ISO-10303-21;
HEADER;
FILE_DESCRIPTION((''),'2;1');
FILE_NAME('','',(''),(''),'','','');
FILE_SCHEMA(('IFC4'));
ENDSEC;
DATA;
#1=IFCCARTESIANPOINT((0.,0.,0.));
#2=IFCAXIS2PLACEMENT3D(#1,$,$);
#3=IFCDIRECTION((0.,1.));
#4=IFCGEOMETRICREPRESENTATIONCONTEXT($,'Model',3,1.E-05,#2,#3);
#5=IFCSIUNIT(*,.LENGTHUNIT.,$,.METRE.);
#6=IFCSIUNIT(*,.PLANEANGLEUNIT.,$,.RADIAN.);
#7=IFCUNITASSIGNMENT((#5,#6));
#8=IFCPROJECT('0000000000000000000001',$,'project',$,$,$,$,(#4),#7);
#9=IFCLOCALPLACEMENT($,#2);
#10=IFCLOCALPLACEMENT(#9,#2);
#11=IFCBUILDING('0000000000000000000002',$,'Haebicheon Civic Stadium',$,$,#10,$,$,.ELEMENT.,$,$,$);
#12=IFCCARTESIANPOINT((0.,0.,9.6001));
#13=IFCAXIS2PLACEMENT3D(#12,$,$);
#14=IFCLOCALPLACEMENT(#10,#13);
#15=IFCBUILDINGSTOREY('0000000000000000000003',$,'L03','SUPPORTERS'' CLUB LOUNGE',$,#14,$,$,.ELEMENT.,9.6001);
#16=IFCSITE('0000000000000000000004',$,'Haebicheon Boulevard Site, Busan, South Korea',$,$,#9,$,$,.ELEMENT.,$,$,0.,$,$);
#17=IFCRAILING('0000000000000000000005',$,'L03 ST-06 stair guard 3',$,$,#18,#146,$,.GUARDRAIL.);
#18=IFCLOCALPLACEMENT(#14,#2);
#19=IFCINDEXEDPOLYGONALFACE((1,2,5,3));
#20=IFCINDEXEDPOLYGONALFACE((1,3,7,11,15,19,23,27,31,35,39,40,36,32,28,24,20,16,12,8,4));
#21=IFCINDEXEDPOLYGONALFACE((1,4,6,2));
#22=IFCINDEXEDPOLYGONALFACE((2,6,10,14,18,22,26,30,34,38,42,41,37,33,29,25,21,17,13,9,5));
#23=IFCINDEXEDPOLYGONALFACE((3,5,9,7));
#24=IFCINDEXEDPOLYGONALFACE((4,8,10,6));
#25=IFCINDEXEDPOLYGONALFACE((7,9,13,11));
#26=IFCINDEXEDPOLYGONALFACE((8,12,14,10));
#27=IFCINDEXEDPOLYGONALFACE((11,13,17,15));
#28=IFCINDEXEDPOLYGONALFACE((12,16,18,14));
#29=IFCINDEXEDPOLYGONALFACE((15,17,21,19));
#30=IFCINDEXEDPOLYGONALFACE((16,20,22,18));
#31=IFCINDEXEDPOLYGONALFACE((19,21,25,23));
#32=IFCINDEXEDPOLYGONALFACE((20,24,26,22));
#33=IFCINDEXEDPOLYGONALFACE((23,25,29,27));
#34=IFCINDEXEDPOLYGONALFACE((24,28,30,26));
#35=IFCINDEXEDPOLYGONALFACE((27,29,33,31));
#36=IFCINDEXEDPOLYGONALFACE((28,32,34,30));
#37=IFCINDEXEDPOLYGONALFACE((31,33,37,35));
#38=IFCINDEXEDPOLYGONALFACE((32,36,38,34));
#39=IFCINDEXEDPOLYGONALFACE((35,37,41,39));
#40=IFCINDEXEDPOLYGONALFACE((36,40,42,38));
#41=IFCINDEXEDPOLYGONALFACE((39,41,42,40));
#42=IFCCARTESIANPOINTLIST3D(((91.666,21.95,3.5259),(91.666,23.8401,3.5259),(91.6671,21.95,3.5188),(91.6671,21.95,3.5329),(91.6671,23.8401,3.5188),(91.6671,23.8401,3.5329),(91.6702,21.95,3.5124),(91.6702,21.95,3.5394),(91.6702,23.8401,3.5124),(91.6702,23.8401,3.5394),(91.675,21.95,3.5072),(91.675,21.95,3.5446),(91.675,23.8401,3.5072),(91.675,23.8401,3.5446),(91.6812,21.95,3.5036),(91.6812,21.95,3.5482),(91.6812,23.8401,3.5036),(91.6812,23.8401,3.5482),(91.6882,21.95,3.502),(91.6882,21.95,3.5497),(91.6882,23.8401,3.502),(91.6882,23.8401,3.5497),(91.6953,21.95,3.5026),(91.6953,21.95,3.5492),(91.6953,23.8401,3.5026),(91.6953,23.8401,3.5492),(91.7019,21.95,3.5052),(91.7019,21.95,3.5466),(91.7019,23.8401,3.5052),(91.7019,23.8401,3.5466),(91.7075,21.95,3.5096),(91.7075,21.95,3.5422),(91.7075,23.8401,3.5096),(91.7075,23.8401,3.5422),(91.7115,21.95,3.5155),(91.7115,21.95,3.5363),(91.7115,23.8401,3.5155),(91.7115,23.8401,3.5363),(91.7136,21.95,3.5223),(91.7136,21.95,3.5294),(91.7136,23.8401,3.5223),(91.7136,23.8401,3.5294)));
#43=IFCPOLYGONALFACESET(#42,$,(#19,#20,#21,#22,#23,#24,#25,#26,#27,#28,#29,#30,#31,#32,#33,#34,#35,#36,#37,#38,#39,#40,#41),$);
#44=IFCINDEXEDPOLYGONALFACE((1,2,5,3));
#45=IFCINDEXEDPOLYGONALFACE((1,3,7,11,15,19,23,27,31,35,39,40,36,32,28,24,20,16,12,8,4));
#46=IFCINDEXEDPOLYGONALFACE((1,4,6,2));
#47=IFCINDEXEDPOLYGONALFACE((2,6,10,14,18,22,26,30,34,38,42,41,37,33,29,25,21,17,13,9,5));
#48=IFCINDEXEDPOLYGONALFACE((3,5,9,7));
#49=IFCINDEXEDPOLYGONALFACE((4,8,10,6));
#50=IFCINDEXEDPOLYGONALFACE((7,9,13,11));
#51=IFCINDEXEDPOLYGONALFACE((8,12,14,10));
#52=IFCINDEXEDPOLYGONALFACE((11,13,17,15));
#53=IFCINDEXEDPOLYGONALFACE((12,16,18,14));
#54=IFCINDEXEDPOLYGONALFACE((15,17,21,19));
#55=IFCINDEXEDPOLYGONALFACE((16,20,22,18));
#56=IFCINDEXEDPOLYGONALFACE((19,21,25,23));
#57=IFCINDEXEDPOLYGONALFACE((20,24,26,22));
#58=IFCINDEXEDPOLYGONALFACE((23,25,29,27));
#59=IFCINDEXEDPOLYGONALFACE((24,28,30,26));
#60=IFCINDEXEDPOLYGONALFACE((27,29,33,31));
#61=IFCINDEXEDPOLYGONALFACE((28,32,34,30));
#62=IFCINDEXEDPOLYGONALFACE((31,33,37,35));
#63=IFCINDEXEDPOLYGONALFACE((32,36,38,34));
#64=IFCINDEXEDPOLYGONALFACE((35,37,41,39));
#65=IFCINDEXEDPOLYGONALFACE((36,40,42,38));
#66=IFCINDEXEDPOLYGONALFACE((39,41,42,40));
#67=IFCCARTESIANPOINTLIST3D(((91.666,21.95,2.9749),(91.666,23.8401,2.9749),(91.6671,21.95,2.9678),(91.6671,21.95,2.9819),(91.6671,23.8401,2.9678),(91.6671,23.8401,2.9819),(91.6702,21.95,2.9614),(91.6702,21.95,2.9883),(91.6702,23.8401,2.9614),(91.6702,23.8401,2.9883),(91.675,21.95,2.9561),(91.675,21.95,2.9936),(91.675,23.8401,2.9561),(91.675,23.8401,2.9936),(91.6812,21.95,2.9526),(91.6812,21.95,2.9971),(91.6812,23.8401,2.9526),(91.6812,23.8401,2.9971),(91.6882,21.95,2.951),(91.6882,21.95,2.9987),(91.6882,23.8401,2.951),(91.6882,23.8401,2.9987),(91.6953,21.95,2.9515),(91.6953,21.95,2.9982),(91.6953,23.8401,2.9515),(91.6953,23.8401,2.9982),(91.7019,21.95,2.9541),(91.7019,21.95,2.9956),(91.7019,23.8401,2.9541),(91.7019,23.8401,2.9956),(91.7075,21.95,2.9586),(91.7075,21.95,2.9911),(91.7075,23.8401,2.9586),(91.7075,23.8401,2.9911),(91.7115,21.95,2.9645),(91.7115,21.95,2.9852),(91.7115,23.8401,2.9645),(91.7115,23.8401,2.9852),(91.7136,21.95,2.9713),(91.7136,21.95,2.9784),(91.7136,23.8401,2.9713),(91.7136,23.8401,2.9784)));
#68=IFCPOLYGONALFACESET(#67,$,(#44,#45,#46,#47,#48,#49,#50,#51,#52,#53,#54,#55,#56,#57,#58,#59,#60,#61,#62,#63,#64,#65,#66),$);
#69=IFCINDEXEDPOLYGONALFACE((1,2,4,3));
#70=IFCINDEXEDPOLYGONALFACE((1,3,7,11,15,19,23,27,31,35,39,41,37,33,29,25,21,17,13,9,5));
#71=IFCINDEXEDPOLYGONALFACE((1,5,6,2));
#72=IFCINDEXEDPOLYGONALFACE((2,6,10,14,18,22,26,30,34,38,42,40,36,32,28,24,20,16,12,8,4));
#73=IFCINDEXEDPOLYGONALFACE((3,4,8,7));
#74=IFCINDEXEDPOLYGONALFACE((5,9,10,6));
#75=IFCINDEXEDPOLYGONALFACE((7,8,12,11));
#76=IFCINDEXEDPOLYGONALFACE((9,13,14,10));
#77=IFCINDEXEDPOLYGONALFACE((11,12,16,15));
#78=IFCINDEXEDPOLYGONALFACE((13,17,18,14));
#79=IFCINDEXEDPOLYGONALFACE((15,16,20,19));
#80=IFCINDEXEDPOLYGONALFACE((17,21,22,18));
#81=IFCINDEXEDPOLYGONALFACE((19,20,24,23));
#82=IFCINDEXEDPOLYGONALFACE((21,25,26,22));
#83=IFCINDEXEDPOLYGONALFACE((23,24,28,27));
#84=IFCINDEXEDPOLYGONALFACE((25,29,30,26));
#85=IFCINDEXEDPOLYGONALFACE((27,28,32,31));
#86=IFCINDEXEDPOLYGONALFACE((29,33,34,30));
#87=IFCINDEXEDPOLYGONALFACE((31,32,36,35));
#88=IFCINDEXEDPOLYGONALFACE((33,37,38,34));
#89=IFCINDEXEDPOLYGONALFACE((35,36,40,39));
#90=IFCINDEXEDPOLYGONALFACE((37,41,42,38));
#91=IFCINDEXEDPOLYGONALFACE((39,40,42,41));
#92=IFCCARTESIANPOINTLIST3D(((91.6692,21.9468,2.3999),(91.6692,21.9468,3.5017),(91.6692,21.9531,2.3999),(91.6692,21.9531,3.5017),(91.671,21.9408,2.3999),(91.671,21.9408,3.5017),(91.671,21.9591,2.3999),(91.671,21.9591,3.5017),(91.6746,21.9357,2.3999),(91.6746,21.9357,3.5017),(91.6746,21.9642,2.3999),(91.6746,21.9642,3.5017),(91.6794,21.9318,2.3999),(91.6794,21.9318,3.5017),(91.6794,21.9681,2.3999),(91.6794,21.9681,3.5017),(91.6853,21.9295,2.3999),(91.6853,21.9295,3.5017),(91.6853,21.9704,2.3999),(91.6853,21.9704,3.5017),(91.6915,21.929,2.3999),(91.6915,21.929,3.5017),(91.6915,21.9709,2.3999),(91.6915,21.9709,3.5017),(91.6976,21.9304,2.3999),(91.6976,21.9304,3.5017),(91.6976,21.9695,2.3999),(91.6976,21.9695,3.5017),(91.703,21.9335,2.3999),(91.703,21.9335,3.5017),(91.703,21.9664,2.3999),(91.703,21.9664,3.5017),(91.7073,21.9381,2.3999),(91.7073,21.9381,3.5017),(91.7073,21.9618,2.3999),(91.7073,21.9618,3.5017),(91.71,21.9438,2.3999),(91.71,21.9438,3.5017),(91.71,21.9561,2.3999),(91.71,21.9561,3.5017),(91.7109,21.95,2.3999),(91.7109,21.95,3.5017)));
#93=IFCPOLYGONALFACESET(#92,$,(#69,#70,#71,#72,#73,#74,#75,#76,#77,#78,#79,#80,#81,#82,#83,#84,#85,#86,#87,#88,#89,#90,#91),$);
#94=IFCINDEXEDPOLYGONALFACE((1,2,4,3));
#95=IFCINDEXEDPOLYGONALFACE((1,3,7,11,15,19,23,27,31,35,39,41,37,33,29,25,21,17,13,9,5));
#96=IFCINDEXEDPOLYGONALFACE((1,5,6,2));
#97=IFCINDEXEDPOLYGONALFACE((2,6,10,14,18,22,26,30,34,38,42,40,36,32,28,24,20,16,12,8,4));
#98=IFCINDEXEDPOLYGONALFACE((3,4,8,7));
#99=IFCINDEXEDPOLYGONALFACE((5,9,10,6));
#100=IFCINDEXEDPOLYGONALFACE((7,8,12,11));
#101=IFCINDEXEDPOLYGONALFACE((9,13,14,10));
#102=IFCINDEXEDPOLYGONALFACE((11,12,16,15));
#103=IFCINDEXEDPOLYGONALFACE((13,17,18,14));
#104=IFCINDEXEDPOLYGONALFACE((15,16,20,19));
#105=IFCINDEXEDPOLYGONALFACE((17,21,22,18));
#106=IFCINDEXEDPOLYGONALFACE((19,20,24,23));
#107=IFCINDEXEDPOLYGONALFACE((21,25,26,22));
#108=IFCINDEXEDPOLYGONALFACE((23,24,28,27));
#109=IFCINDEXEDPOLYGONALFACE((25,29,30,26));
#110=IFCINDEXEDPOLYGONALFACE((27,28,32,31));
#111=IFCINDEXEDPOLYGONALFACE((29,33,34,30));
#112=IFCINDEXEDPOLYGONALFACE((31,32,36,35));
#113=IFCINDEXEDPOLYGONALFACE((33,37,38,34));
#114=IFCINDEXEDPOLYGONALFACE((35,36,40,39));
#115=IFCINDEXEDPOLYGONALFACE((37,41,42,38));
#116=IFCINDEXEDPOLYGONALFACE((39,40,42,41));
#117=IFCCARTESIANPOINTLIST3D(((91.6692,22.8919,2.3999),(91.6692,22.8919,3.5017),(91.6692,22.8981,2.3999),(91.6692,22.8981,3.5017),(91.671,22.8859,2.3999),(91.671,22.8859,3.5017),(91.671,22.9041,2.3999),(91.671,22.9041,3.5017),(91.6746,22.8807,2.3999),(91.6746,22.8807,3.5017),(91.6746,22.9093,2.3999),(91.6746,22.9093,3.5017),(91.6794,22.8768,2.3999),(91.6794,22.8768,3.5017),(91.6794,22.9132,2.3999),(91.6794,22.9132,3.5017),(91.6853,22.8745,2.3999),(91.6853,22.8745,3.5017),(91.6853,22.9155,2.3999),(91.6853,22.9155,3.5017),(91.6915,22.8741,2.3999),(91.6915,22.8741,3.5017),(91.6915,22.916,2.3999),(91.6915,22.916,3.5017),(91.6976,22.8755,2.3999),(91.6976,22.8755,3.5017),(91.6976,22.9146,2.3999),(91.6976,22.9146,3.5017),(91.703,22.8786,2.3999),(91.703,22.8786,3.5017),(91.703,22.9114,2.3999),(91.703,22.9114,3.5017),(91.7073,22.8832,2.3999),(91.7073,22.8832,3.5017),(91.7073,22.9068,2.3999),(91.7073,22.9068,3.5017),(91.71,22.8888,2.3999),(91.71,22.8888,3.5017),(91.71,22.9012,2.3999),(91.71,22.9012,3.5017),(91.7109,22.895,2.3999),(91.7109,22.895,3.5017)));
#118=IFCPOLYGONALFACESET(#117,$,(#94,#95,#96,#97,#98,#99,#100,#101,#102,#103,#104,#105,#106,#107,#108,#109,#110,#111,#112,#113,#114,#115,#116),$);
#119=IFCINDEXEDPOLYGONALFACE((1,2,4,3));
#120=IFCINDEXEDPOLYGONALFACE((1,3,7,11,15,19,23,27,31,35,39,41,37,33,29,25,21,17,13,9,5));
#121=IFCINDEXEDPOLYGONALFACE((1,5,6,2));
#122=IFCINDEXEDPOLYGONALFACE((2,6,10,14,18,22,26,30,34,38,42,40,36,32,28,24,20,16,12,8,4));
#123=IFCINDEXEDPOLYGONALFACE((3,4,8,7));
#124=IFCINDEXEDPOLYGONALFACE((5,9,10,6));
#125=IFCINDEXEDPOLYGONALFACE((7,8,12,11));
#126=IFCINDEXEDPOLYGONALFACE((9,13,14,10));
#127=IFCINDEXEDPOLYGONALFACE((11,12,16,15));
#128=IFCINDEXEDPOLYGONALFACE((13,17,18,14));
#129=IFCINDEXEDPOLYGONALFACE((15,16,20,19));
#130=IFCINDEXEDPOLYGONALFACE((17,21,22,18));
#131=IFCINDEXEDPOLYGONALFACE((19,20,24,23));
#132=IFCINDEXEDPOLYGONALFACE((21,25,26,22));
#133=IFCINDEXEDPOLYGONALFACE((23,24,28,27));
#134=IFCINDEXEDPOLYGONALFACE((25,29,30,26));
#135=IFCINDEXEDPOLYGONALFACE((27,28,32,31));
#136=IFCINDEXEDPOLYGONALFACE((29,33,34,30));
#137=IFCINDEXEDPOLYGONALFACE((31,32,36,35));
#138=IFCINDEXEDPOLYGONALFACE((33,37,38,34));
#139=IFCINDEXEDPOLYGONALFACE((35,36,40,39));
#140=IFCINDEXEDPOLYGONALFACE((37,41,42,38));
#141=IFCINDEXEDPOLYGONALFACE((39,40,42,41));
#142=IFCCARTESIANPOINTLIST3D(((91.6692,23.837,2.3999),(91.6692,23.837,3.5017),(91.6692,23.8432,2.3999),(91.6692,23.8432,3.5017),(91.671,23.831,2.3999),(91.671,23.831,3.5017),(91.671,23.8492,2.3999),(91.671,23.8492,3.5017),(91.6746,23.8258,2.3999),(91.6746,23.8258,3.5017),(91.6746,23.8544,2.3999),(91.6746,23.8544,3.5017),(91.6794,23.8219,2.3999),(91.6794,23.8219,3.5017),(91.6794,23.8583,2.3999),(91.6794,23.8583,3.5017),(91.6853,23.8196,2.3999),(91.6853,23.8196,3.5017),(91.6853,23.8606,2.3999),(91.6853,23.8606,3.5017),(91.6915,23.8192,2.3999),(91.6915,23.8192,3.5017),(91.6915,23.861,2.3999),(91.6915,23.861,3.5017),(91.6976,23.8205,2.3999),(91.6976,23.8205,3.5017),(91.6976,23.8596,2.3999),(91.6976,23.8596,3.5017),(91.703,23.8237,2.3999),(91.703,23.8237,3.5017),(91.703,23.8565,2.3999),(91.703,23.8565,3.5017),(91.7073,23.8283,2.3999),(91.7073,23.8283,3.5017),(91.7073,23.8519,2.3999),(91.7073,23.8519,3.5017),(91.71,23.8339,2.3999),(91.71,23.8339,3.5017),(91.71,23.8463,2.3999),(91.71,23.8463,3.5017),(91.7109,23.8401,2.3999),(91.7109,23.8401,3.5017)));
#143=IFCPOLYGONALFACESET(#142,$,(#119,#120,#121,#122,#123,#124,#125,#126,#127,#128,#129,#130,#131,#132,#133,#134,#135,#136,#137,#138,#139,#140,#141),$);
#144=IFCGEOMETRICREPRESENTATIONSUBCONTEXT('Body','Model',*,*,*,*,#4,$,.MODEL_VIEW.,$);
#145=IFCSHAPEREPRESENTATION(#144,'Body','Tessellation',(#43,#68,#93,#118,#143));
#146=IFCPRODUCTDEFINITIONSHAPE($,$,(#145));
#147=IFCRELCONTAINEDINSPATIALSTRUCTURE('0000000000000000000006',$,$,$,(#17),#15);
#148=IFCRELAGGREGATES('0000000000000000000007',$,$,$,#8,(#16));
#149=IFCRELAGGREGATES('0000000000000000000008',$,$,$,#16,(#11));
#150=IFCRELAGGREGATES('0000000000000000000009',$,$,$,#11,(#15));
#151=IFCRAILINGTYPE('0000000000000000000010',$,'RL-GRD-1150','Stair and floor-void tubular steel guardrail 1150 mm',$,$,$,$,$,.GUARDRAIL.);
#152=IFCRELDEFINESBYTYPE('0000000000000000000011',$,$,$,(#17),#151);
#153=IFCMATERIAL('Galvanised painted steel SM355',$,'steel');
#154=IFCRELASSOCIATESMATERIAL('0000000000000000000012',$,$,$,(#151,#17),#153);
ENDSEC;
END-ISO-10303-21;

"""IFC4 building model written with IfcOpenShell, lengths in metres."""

from ifc_helpers import new_model, si_unit, direction, frame, origin, origin_2d, place, context, subcontext, project, spatial, circle, extrude, material, type_object, element, save


model = new_model("IFC4")

# Units and contexts
model_context = context("Model", 3, precision=1e-05, world=origin(), true_north=direction((0.0, 1.0)))
body_context = subcontext(model_context, "Body", "Model", "MODEL_VIEW")
ifc_project = project(units=[si_unit("LENGTHUNIT", "METRE"), si_unit("PLANEANGLEUNIT", "RADIAN")], contexts=[model_context])

# Site, building, storey
site_placement = place(None, origin())
site = spatial("IfcSite", under=ifc_project, at=site_placement, Name="Haebicheon Boulevard Site, Busan, South Korea", CompositionType="ELEMENT", RefElevation=0.0)
building_placement = place(site_placement, origin())
building = spatial("IfcBuilding", under=site, at=building_placement, Name="Haebicheon Civic Stadium", CompositionType="ELEMENT")
storey_placement = place(building_placement, frame((0.0, 0.0, 9.6001)))
storey = spatial("IfcBuildingStorey", under=building, at=storey_placement, Name="L03", Description="SUPPORTERS' CLUB LOUNGE", CompositionType="ELEMENT", Elevation=9.6001)

# Railing
ifc_material_1 = material(Name="Galvanised painted steel SM355", Category="steel")
railing_type_1 = type_object("IfcRailingType", Name="RL-GRD-1150", Description="Stair and floor-void tubular steel guardrail 1150 mm", PredefinedType="GUARDRAIL", material=ifc_material_1)
for number, where, name in (
    (1, (91.6899, 21.95, 2.3999), "L03 ST-06 stair guard 3"),
):
    element("IfcRailing", number, at=place(storey_placement, frame(where)), inside=storey, type_object=railing_type_1, material=ifc_material_1, Name=name, PredefinedType="GUARDRAIL", context=body_context, shape_type="SweptSolid", body=[
        extrude(circle(Radius=0.0239, at=origin_2d()), frame((0.0, 0.0, 1.126), z_axis=(0.0, 1.0, 0.0), x_axis=(-1.0, 0.0, 0.0)), (0.0, 0.0, 1.0), 1.8901),
        extrude(circle(Radius=0.0239, at=origin_2d()), frame((0.0, 0.0, 0.575), z_axis=(0.0, 1.0, 0.0), x_axis=(-1.0, 0.0, 0.0)), (0.0, 0.0, 1.0), 1.8901),
        extrude(circle(Radius=0.021, at=origin_2d()), origin(), (0.0, 0.0, 1.0), 1.1018),
        extrude(circle(Radius=0.021, at=origin_2d()), frame((0.0, 0.9451, 0.0)), (0.0, 0.0, 1.0), 1.1018),
        extrude(circle(Radius=0.021, at=origin_2d()), frame((0.0, 1.8901, 0.0)), (0.0, 0.0, 1.0), 1.1018),
    ])

save(model, "model.ifc")
